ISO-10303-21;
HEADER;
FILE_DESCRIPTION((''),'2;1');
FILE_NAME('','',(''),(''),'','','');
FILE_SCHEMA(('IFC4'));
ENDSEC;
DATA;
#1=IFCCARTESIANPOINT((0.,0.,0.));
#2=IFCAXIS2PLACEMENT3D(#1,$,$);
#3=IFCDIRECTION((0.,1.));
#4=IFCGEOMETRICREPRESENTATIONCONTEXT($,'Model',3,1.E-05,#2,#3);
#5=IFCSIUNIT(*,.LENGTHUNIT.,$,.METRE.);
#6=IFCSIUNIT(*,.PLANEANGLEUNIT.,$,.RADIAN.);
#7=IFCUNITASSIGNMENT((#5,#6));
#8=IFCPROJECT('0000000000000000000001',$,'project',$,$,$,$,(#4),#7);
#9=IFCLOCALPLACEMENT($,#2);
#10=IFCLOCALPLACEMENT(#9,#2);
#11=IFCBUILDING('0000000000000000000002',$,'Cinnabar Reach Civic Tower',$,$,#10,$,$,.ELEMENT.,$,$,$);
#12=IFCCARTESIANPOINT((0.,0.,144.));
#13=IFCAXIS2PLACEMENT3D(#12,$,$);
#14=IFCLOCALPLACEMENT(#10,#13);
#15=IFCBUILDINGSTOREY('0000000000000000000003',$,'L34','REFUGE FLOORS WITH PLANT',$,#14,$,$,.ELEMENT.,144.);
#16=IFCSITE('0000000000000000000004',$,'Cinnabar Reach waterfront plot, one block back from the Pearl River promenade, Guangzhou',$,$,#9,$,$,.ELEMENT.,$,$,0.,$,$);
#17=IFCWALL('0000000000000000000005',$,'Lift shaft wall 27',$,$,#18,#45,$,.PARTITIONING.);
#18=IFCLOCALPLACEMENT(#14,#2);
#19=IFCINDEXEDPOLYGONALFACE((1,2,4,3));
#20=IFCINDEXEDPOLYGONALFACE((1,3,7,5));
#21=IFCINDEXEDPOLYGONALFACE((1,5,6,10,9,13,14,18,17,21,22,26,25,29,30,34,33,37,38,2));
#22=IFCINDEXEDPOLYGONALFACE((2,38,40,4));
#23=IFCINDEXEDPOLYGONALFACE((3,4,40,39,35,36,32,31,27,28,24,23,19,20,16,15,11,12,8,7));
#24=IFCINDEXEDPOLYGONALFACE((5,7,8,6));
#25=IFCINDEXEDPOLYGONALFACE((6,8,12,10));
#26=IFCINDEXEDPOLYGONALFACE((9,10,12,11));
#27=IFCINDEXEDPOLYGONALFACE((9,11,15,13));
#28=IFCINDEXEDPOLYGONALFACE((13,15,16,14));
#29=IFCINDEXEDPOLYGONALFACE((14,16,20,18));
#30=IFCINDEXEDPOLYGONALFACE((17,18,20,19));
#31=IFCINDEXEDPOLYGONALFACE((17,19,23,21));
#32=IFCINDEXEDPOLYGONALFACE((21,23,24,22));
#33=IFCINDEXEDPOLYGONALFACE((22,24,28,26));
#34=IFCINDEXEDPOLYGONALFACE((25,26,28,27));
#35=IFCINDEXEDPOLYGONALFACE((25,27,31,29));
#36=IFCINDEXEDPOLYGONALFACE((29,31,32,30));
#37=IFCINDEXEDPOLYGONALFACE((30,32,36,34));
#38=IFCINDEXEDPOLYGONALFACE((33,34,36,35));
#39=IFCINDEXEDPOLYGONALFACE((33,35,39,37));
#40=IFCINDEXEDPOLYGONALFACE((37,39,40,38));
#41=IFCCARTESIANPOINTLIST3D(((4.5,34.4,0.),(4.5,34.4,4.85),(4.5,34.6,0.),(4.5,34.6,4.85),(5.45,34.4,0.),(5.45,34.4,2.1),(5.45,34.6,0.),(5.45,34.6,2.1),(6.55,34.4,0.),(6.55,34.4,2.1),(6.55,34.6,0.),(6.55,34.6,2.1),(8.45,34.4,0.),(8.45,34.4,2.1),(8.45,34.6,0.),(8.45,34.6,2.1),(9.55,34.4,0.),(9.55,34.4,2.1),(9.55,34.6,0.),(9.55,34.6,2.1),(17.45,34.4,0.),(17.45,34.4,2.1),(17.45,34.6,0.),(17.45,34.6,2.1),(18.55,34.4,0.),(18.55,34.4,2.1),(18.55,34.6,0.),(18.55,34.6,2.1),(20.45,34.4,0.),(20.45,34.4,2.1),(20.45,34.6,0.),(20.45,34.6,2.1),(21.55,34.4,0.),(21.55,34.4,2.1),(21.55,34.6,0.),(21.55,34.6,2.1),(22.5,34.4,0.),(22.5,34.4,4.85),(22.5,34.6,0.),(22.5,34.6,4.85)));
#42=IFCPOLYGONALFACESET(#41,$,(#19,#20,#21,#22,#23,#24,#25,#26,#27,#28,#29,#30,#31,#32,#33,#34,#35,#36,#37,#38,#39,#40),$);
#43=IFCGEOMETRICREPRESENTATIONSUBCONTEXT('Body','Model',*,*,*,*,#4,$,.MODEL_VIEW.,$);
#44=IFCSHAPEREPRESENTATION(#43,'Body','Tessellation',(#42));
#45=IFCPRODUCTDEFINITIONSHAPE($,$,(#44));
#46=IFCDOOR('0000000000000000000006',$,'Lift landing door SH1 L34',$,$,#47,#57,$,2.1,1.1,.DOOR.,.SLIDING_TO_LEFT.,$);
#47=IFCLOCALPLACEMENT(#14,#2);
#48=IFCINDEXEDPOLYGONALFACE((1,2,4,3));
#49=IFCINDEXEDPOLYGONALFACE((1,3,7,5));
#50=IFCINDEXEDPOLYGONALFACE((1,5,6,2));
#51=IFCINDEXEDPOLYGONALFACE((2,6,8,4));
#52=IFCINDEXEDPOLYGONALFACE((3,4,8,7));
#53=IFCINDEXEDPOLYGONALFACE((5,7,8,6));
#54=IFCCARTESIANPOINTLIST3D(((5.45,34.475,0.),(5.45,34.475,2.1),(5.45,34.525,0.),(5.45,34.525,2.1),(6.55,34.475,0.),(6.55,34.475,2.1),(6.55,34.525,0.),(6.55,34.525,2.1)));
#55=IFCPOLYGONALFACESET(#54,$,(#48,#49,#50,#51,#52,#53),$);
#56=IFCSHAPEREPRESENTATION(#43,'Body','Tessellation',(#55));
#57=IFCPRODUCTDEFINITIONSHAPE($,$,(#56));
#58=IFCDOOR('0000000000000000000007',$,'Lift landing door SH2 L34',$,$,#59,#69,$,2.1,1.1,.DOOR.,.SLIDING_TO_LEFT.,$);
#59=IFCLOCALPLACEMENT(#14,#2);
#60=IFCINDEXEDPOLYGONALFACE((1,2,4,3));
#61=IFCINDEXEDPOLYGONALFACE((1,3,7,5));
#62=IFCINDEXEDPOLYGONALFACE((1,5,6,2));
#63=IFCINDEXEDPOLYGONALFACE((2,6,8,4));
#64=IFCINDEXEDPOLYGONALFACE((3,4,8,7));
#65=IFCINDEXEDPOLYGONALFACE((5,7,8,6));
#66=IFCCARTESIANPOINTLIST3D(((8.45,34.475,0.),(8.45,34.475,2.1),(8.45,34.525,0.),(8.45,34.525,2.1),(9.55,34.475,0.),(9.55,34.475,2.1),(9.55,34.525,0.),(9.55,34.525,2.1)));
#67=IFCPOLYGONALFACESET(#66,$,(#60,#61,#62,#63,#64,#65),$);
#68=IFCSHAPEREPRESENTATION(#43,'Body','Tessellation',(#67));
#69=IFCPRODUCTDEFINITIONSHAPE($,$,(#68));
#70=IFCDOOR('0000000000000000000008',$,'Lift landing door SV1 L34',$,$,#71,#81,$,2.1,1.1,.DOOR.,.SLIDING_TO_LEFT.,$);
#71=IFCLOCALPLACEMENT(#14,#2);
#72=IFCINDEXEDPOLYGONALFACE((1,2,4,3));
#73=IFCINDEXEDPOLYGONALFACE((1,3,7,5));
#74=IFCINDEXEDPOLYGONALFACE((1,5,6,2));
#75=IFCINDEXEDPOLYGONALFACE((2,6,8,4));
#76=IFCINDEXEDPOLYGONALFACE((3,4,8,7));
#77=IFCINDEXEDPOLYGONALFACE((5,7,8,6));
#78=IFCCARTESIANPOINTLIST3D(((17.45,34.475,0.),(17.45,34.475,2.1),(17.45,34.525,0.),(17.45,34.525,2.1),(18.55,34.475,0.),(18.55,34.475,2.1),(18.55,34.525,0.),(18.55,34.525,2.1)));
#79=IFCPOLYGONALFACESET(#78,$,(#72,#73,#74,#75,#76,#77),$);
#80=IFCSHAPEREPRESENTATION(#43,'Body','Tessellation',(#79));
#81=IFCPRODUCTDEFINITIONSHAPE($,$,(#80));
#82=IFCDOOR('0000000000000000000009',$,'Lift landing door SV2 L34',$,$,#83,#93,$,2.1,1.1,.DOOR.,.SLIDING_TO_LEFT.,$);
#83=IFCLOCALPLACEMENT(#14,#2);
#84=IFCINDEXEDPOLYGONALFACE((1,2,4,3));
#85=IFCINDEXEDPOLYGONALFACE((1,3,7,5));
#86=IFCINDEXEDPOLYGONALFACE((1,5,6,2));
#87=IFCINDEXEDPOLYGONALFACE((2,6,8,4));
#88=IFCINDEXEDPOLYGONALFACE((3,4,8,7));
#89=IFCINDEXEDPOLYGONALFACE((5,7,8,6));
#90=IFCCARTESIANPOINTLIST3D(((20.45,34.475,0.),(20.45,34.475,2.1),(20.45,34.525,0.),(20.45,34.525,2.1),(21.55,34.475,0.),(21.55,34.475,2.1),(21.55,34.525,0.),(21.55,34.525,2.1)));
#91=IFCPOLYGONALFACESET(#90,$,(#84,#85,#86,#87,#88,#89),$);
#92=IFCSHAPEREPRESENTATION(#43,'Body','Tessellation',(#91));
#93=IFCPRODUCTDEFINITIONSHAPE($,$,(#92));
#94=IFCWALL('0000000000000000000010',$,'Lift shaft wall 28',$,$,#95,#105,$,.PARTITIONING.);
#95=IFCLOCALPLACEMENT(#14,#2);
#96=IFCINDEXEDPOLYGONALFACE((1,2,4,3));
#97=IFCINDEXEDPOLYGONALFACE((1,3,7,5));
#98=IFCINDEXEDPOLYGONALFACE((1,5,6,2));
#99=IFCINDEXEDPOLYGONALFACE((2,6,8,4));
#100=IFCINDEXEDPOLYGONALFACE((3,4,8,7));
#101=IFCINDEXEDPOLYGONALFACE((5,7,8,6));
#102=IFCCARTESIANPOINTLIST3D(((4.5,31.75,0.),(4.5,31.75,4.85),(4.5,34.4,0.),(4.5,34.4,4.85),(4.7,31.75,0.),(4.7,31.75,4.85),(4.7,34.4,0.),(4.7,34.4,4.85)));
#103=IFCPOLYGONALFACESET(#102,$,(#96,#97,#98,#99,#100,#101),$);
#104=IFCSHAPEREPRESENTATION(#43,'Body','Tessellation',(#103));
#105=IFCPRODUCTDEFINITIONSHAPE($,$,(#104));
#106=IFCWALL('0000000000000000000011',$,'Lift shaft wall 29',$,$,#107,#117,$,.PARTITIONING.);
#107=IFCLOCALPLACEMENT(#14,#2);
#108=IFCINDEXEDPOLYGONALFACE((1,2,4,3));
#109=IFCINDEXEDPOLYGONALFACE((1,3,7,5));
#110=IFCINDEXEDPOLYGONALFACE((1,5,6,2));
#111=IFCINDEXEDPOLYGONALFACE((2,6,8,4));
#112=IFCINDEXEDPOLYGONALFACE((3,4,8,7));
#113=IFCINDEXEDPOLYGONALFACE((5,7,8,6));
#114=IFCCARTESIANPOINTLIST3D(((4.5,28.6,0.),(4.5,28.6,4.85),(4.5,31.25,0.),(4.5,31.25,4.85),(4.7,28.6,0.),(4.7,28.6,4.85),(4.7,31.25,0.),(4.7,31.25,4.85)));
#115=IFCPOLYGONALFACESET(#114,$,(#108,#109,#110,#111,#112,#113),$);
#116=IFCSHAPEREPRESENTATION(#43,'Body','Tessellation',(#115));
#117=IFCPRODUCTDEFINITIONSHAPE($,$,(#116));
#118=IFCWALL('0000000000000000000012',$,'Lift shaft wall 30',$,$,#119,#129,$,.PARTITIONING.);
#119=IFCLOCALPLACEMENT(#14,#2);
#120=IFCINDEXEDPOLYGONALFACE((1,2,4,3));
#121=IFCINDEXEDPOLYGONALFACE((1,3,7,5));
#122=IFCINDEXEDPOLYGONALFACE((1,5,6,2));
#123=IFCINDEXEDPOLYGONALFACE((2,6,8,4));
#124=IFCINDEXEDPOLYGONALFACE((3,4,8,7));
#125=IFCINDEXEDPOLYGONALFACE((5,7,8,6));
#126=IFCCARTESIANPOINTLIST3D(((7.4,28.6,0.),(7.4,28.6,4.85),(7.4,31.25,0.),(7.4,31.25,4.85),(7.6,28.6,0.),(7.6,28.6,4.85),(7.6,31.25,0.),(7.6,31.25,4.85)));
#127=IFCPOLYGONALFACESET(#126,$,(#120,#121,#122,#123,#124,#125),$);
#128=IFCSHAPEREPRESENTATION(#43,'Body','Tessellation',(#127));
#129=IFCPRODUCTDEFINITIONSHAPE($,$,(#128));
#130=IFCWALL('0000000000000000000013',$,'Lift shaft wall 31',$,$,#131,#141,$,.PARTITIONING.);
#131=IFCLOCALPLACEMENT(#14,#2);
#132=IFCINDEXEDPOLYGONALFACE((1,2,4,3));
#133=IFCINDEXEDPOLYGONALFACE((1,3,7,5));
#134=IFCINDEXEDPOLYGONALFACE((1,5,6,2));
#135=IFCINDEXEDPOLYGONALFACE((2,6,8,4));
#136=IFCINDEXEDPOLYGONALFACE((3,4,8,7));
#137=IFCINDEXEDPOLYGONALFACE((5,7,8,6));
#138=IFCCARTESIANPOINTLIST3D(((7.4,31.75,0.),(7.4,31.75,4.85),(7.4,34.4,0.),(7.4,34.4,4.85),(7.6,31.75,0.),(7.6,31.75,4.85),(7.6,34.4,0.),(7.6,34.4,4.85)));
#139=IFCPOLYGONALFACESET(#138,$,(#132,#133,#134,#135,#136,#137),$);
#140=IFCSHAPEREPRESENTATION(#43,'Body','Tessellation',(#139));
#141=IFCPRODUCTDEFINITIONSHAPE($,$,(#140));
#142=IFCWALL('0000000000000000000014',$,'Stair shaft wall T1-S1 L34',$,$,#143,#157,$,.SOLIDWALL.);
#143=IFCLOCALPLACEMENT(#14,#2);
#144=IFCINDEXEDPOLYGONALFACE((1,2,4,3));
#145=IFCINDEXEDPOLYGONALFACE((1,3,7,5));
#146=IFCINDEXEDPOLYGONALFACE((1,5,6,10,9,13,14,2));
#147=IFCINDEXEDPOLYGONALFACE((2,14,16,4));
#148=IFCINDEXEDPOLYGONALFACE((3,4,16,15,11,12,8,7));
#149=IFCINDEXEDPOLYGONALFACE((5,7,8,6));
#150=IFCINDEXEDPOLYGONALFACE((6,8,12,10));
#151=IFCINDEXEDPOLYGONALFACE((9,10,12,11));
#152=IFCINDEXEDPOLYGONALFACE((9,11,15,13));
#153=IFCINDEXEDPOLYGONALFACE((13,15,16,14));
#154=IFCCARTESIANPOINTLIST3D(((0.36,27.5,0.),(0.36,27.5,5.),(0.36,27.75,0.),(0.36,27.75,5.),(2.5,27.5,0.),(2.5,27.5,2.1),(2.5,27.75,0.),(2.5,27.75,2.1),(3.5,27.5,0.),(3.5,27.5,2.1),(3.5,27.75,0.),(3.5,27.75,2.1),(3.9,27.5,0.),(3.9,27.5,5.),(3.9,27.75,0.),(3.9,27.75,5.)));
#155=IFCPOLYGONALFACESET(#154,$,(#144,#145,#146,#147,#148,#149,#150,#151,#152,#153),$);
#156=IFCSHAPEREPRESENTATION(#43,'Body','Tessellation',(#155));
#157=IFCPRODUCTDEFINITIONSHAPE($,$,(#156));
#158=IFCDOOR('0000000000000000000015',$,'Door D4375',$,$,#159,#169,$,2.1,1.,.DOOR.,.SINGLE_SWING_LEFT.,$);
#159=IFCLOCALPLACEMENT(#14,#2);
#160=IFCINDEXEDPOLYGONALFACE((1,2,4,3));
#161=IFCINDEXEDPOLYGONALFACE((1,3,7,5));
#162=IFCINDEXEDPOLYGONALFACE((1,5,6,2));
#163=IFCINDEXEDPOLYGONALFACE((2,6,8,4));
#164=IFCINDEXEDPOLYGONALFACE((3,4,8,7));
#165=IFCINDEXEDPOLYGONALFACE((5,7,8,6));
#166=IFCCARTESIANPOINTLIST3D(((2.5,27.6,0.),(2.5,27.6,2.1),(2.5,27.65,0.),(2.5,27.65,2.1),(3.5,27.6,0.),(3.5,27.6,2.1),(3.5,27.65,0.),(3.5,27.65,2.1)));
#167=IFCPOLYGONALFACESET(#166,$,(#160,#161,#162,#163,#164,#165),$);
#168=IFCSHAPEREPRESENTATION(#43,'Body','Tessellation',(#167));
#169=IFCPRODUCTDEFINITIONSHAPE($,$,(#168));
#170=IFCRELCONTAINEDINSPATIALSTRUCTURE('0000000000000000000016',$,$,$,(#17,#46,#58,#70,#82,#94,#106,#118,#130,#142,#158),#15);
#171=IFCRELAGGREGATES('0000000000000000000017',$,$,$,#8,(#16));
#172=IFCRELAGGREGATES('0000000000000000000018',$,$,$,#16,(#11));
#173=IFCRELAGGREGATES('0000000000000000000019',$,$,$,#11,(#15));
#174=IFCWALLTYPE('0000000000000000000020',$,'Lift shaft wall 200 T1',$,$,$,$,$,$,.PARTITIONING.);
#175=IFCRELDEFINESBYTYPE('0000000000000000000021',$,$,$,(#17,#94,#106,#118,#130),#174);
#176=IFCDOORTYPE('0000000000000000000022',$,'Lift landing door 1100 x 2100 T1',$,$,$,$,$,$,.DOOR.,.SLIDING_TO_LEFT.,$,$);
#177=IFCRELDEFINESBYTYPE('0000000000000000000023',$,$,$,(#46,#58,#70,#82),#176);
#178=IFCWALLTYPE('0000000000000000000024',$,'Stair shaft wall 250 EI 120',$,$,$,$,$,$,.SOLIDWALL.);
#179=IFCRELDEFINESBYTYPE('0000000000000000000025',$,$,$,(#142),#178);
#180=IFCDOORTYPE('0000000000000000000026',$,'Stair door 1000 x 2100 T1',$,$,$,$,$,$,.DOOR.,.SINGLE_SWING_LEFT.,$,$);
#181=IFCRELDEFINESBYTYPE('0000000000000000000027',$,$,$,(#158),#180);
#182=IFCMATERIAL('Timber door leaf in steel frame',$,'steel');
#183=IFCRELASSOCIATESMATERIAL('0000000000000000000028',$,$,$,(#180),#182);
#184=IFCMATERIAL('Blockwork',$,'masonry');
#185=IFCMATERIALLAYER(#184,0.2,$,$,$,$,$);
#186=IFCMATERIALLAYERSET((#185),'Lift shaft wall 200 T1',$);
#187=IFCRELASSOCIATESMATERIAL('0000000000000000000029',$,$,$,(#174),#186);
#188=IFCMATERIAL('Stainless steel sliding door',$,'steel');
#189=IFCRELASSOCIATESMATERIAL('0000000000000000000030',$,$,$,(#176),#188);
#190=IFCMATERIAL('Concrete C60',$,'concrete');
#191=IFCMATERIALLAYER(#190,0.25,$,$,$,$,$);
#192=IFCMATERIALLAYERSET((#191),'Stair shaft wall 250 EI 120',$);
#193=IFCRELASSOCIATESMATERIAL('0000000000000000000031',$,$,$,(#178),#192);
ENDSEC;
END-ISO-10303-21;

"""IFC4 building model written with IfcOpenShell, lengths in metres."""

from ifc_helpers import new_model, si_unit, direction, frame, frame_2d, origin, place, context, subcontext, project, spatial, rectangle, extrude, material, layer, layer_set, type_object, element, fill, save


model = new_model("IFC4")

# Units and contexts
model_context = context("Model", 3, precision=1e-05, world=origin(), true_north=direction((0.0, 1.0)))
body_context = subcontext(model_context, "Body", "Model", "MODEL_VIEW")
ifc_project = project(units=[si_unit("LENGTHUNIT", "METRE"), si_unit("PLANEANGLEUNIT", "RADIAN")], contexts=[model_context])

# Site, building, storey
site_placement = place(None, origin())
site = spatial("IfcSite", under=ifc_project, at=site_placement, Name="Cinnabar Reach waterfront plot, one block back from the Pearl River promenade, Guangzhou", CompositionType="ELEMENT", RefElevation=0.0)
building_placement = place(site_placement, origin())
building = spatial("IfcBuilding", under=site, at=building_placement, Name="Cinnabar Reach Civic Tower", CompositionType="ELEMENT")
storey_placement = place(building_placement, frame((0.0, 0.0, 144.0)))
storey = spatial("IfcBuildingStorey", under=building, at=storey_placement, Name="L34", Description="REFUGE FLOORS WITH PLANT", CompositionType="ELEMENT", Elevation=144.0)

# Shared definitions
ifc_material_1 = material(Name="Concrete C60", Category="concrete")

# Shared definitions
ifc_material_2 = material(Name="Timber door leaf in steel frame", Category="steel")
door_type_1 = type_object("IfcDoorType", Name="Stair door 1000 x 2100 T1", OperationType="SINGLE_SWING_LEFT", PredefinedType="DOOR", material=ifc_material_2)

# Shared definitions
ifc_material_3 = material(Name="Blockwork", Category="masonry")
ifc_layer_1 = layer(ifc_material_3, 0.2)
ifc_layer_set_1 = layer_set([ifc_layer_1], Name="Lift shaft wall 200 T1")
wall_type_1 = type_object("IfcWallType", Name="Lift shaft wall 200 T1", PredefinedType="PARTITIONING", material=ifc_layer_set_1)

# Wall, openings, doors
wall_1_placement = place(storey_placement, frame((4.5, 34.5, 0.0), z_axis=(0.0, 0.0, 1.0), x_axis=(1.0, 0.0, 0.0)))
wall_1 = element("IfcWall", 1, at=wall_1_placement, inside=storey, type_object=wall_type_1, Name="Lift shaft wall 27", PredefinedType="PARTITIONING", context=body_context, shape_type="SweptSolid", body=[
    extrude(rectangle(XDim=18.0, YDim=0.2, at=frame_2d((9.0, 0.0))), origin(), (0.0, 0.0, 1.0), 4.85),
])
opening_1_placement = place(wall_1_placement, frame((0.95, 0.0, 0.0)))
opening_1 = element("IfcOpeningElement", 2, at=opening_1_placement, cuts=wall_1, PredefinedType="OPENING", context=body_context, shape_type="SweptSolid", body=[
    extrude(rectangle(XDim=1.1, YDim=2.1, at=frame_2d((0.55, 1.05))), frame((0.0, 0.11, 0.0), z_axis=(0.0, -1.0, 0.0), x_axis=(1.0, 0.0, 0.0)), (0.0, 0.0, 1.0), 0.22),
])
opening_2_placement = place(wall_1_placement, frame((3.95, 0.0, 0.0)))
opening_2 = element("IfcOpeningElement", 3, at=opening_2_placement, cuts=wall_1, PredefinedType="OPENING", context=body_context, shape_type="SweptSolid", body=[
    extrude(rectangle(XDim=1.1, YDim=2.1, at=frame_2d((0.55, 1.05))), frame((0.0, 0.11, 0.0), z_axis=(0.0, -1.0, 0.0), x_axis=(1.0, 0.0, 0.0)), (0.0, 0.0, 1.0), 0.22),
])
opening_3_placement = place(wall_1_placement, frame((12.95, 0.0, 0.0)))
opening_3 = element("IfcOpeningElement", 4, at=opening_3_placement, cuts=wall_1, PredefinedType="OPENING", context=body_context, shape_type="SweptSolid", body=[
    extrude(rectangle(XDim=1.1, YDim=2.1, at=frame_2d((0.55, 1.05))), frame((0.0, 0.11, 0.0), z_axis=(0.0, -1.0, 0.0), x_axis=(1.0, 0.0, 0.0)), (0.0, 0.0, 1.0), 0.22),
])
opening_4_placement = place(wall_1_placement, frame((15.95, 0.0, 0.0)))
opening_4 = element("IfcOpeningElement", 5, at=opening_4_placement, cuts=wall_1, PredefinedType="OPENING", context=body_context, shape_type="SweptSolid", body=[
    extrude(rectangle(XDim=1.1, YDim=2.1, at=frame_2d((0.55, 1.05))), frame((0.0, 0.11, 0.0), z_axis=(0.0, -1.0, 0.0), x_axis=(1.0, 0.0, 0.0)), (0.0, 0.0, 1.0), 0.22),
])
ifc_material_4 = material(Name="Stainless steel sliding door", Category="steel")
door_type_2 = type_object("IfcDoorType", Name="Lift landing door 1100 x 2100 T1", OperationType="SLIDING_TO_LEFT", PredefinedType="DOOR", material=ifc_material_4)
door_1_placement = place(opening_1_placement, origin())
door_1 = element("IfcDoor", 6, at=door_1_placement, inside=storey, type_object=door_type_2, Name="Lift landing door SH1 L34", OperationType="SLIDING_TO_LEFT", OverallHeight=2.1, OverallWidth=1.1, PredefinedType="DOOR", context=body_context, shape_type="SweptSolid", body=[
    extrude(rectangle(XDim=1.1, YDim=2.1, at=frame_2d((0.55, 1.05))), frame((0.0, 0.025, 0.0), z_axis=(0.0, -1.0, 0.0), x_axis=(1.0, 0.0, 0.0)), (0.0, 0.0, 1.0), 0.05),
])
fill(opening_1, door_1)
door_2_placement = place(opening_2_placement, origin())
door_2 = element("IfcDoor", 7, at=door_2_placement, inside=storey, type_object=door_type_2, Name="Lift landing door SH2 L34", OperationType="SLIDING_TO_LEFT", OverallHeight=2.1, OverallWidth=1.1, PredefinedType="DOOR", context=body_context, shape_type="SweptSolid", body=[
    extrude(rectangle(XDim=1.1, YDim=2.1, at=frame_2d((0.55, 1.05))), frame((0.0, 0.025, 0.0), z_axis=(0.0, -1.0, 0.0), x_axis=(1.0, 0.0, 0.0)), (0.0, 0.0, 1.0), 0.05),
])
fill(opening_2, door_2)
door_3_placement = place(opening_3_placement, origin())
door_3 = element("IfcDoor", 8, at=door_3_placement, inside=storey, type_object=door_type_2, Name="Lift landing door SV1 L34", OperationType="SLIDING_TO_LEFT", OverallHeight=2.1, OverallWidth=1.1, PredefinedType="DOOR", context=body_context, shape_type="SweptSolid", body=[
    extrude(rectangle(XDim=1.1, YDim=2.1, at=frame_2d((0.55, 1.05))), frame((0.0, 0.025, 0.0), z_axis=(0.0, -1.0, 0.0), x_axis=(1.0, 0.0, 0.0)), (0.0, 0.0, 1.0), 0.05),
])
fill(opening_3, door_3)
door_4_placement = place(opening_4_placement, origin())
door_4 = element("IfcDoor", 9, at=door_4_placement, inside=storey, type_object=door_type_2, Name="Lift landing door SV2 L34", OperationType="SLIDING_TO_LEFT", OverallHeight=2.1, OverallWidth=1.1, PredefinedType="DOOR", context=body_context, shape_type="SweptSolid", body=[
    extrude(rectangle(XDim=1.1, YDim=2.1, at=frame_2d((0.55, 1.05))), frame((0.0, 0.025, 0.0), z_axis=(0.0, -1.0, 0.0), x_axis=(1.0, 0.0, 0.0)), (0.0, 0.0, 1.0), 0.05),
])
fill(opening_4, door_4)

# Walls
for number, where, z_axis, x_axis, name in (
    (10, (4.6, 31.75, 0.0), (0.0, 0.0, 1.0), (0.0, 1.0, 0.0), "Lift shaft wall 28"),
    (11, (4.6, 28.6, 0.0), (0.0, 0.0, 1.0), (0.0, 1.0, 0.0), "Lift shaft wall 29"),
    (12, (7.5, 28.6, 0.0), (0.0, 0.0, 1.0), (0.0, 1.0, 0.0), "Lift shaft wall 30"),
    (13, (7.5, 31.75, 0.0), (0.0, 0.0, 1.0), (0.0, 1.0, 0.0), "Lift shaft wall 31"),
):
    element("IfcWall", number, at=place(storey_placement, frame(where, z_axis=z_axis, x_axis=x_axis)), inside=storey, type_object=wall_type_1, Name=name, PredefinedType="PARTITIONING", context=body_context, shape_type="SweptSolid", body=[
        extrude(rectangle(XDim=2.65, YDim=0.2, at=frame_2d((1.325, 0.0))), origin(), (0.0, 0.0, 1.0), 4.85),
    ])

# Wall, opening, door
ifc_layer_2 = layer(ifc_material_1, 0.25)
ifc_layer_set_2 = layer_set([ifc_layer_2], Name="Stair shaft wall 250 EI 120")
wall_type_2 = type_object("IfcWallType", Name="Stair shaft wall 250 EI 120", PredefinedType="SOLIDWALL", material=ifc_layer_set_2)
wall_2_placement = place(storey_placement, frame((3.9, 27.625, 0.0), z_axis=(0.0, 0.0, 1.0), x_axis=(-1.0, 0.0, 0.0)))
wall_2 = element("IfcWall", 14, at=wall_2_placement, inside=storey, type_object=wall_type_2, Name="Stair shaft wall T1-S1 L34", PredefinedType="SOLIDWALL", context=body_context, shape_type="SweptSolid", body=[
    extrude(rectangle(XDim=3.54, YDim=0.25, at=frame_2d((1.77, 0.0))), origin(), (0.0, 0.0, 1.0), 5.0),
])
opening_5_placement = place(wall_2_placement, frame((0.4, 0.0, 0.0)))
opening_5 = element("IfcOpeningElement", 15, at=opening_5_placement, cuts=wall_2, PredefinedType="OPENING", context=body_context, shape_type="SweptSolid", body=[
    extrude(rectangle(XDim=1.0, YDim=2.1, at=frame_2d((0.5, 1.05))), frame((0.0, 0.135, 0.0), z_axis=(0.0, -1.0, 0.0), x_axis=(1.0, 0.0, 0.0)), (0.0, 0.0, 1.0), 0.27),
])
door_5_placement = place(opening_5_placement, origin())
door_5 = element("IfcDoor", 16, at=door_5_placement, inside=storey, type_object=door_type_1, Name="Door D4375", OperationType="SINGLE_SWING_LEFT", OverallHeight=2.1, OverallWidth=1.0, PredefinedType="DOOR", context=body_context, shape_type="SweptSolid", body=[
    extrude(rectangle(XDim=1.0, YDim=2.1, at=frame_2d((0.5, 1.05))), frame((0.0, 0.025, 0.0), z_axis=(0.0, -1.0, 0.0), x_axis=(1.0, 0.0, 0.0)), (0.0, 0.0, 1.0), 0.05),
])
fill(opening_5, door_5)

save(model, "model.ifc")
